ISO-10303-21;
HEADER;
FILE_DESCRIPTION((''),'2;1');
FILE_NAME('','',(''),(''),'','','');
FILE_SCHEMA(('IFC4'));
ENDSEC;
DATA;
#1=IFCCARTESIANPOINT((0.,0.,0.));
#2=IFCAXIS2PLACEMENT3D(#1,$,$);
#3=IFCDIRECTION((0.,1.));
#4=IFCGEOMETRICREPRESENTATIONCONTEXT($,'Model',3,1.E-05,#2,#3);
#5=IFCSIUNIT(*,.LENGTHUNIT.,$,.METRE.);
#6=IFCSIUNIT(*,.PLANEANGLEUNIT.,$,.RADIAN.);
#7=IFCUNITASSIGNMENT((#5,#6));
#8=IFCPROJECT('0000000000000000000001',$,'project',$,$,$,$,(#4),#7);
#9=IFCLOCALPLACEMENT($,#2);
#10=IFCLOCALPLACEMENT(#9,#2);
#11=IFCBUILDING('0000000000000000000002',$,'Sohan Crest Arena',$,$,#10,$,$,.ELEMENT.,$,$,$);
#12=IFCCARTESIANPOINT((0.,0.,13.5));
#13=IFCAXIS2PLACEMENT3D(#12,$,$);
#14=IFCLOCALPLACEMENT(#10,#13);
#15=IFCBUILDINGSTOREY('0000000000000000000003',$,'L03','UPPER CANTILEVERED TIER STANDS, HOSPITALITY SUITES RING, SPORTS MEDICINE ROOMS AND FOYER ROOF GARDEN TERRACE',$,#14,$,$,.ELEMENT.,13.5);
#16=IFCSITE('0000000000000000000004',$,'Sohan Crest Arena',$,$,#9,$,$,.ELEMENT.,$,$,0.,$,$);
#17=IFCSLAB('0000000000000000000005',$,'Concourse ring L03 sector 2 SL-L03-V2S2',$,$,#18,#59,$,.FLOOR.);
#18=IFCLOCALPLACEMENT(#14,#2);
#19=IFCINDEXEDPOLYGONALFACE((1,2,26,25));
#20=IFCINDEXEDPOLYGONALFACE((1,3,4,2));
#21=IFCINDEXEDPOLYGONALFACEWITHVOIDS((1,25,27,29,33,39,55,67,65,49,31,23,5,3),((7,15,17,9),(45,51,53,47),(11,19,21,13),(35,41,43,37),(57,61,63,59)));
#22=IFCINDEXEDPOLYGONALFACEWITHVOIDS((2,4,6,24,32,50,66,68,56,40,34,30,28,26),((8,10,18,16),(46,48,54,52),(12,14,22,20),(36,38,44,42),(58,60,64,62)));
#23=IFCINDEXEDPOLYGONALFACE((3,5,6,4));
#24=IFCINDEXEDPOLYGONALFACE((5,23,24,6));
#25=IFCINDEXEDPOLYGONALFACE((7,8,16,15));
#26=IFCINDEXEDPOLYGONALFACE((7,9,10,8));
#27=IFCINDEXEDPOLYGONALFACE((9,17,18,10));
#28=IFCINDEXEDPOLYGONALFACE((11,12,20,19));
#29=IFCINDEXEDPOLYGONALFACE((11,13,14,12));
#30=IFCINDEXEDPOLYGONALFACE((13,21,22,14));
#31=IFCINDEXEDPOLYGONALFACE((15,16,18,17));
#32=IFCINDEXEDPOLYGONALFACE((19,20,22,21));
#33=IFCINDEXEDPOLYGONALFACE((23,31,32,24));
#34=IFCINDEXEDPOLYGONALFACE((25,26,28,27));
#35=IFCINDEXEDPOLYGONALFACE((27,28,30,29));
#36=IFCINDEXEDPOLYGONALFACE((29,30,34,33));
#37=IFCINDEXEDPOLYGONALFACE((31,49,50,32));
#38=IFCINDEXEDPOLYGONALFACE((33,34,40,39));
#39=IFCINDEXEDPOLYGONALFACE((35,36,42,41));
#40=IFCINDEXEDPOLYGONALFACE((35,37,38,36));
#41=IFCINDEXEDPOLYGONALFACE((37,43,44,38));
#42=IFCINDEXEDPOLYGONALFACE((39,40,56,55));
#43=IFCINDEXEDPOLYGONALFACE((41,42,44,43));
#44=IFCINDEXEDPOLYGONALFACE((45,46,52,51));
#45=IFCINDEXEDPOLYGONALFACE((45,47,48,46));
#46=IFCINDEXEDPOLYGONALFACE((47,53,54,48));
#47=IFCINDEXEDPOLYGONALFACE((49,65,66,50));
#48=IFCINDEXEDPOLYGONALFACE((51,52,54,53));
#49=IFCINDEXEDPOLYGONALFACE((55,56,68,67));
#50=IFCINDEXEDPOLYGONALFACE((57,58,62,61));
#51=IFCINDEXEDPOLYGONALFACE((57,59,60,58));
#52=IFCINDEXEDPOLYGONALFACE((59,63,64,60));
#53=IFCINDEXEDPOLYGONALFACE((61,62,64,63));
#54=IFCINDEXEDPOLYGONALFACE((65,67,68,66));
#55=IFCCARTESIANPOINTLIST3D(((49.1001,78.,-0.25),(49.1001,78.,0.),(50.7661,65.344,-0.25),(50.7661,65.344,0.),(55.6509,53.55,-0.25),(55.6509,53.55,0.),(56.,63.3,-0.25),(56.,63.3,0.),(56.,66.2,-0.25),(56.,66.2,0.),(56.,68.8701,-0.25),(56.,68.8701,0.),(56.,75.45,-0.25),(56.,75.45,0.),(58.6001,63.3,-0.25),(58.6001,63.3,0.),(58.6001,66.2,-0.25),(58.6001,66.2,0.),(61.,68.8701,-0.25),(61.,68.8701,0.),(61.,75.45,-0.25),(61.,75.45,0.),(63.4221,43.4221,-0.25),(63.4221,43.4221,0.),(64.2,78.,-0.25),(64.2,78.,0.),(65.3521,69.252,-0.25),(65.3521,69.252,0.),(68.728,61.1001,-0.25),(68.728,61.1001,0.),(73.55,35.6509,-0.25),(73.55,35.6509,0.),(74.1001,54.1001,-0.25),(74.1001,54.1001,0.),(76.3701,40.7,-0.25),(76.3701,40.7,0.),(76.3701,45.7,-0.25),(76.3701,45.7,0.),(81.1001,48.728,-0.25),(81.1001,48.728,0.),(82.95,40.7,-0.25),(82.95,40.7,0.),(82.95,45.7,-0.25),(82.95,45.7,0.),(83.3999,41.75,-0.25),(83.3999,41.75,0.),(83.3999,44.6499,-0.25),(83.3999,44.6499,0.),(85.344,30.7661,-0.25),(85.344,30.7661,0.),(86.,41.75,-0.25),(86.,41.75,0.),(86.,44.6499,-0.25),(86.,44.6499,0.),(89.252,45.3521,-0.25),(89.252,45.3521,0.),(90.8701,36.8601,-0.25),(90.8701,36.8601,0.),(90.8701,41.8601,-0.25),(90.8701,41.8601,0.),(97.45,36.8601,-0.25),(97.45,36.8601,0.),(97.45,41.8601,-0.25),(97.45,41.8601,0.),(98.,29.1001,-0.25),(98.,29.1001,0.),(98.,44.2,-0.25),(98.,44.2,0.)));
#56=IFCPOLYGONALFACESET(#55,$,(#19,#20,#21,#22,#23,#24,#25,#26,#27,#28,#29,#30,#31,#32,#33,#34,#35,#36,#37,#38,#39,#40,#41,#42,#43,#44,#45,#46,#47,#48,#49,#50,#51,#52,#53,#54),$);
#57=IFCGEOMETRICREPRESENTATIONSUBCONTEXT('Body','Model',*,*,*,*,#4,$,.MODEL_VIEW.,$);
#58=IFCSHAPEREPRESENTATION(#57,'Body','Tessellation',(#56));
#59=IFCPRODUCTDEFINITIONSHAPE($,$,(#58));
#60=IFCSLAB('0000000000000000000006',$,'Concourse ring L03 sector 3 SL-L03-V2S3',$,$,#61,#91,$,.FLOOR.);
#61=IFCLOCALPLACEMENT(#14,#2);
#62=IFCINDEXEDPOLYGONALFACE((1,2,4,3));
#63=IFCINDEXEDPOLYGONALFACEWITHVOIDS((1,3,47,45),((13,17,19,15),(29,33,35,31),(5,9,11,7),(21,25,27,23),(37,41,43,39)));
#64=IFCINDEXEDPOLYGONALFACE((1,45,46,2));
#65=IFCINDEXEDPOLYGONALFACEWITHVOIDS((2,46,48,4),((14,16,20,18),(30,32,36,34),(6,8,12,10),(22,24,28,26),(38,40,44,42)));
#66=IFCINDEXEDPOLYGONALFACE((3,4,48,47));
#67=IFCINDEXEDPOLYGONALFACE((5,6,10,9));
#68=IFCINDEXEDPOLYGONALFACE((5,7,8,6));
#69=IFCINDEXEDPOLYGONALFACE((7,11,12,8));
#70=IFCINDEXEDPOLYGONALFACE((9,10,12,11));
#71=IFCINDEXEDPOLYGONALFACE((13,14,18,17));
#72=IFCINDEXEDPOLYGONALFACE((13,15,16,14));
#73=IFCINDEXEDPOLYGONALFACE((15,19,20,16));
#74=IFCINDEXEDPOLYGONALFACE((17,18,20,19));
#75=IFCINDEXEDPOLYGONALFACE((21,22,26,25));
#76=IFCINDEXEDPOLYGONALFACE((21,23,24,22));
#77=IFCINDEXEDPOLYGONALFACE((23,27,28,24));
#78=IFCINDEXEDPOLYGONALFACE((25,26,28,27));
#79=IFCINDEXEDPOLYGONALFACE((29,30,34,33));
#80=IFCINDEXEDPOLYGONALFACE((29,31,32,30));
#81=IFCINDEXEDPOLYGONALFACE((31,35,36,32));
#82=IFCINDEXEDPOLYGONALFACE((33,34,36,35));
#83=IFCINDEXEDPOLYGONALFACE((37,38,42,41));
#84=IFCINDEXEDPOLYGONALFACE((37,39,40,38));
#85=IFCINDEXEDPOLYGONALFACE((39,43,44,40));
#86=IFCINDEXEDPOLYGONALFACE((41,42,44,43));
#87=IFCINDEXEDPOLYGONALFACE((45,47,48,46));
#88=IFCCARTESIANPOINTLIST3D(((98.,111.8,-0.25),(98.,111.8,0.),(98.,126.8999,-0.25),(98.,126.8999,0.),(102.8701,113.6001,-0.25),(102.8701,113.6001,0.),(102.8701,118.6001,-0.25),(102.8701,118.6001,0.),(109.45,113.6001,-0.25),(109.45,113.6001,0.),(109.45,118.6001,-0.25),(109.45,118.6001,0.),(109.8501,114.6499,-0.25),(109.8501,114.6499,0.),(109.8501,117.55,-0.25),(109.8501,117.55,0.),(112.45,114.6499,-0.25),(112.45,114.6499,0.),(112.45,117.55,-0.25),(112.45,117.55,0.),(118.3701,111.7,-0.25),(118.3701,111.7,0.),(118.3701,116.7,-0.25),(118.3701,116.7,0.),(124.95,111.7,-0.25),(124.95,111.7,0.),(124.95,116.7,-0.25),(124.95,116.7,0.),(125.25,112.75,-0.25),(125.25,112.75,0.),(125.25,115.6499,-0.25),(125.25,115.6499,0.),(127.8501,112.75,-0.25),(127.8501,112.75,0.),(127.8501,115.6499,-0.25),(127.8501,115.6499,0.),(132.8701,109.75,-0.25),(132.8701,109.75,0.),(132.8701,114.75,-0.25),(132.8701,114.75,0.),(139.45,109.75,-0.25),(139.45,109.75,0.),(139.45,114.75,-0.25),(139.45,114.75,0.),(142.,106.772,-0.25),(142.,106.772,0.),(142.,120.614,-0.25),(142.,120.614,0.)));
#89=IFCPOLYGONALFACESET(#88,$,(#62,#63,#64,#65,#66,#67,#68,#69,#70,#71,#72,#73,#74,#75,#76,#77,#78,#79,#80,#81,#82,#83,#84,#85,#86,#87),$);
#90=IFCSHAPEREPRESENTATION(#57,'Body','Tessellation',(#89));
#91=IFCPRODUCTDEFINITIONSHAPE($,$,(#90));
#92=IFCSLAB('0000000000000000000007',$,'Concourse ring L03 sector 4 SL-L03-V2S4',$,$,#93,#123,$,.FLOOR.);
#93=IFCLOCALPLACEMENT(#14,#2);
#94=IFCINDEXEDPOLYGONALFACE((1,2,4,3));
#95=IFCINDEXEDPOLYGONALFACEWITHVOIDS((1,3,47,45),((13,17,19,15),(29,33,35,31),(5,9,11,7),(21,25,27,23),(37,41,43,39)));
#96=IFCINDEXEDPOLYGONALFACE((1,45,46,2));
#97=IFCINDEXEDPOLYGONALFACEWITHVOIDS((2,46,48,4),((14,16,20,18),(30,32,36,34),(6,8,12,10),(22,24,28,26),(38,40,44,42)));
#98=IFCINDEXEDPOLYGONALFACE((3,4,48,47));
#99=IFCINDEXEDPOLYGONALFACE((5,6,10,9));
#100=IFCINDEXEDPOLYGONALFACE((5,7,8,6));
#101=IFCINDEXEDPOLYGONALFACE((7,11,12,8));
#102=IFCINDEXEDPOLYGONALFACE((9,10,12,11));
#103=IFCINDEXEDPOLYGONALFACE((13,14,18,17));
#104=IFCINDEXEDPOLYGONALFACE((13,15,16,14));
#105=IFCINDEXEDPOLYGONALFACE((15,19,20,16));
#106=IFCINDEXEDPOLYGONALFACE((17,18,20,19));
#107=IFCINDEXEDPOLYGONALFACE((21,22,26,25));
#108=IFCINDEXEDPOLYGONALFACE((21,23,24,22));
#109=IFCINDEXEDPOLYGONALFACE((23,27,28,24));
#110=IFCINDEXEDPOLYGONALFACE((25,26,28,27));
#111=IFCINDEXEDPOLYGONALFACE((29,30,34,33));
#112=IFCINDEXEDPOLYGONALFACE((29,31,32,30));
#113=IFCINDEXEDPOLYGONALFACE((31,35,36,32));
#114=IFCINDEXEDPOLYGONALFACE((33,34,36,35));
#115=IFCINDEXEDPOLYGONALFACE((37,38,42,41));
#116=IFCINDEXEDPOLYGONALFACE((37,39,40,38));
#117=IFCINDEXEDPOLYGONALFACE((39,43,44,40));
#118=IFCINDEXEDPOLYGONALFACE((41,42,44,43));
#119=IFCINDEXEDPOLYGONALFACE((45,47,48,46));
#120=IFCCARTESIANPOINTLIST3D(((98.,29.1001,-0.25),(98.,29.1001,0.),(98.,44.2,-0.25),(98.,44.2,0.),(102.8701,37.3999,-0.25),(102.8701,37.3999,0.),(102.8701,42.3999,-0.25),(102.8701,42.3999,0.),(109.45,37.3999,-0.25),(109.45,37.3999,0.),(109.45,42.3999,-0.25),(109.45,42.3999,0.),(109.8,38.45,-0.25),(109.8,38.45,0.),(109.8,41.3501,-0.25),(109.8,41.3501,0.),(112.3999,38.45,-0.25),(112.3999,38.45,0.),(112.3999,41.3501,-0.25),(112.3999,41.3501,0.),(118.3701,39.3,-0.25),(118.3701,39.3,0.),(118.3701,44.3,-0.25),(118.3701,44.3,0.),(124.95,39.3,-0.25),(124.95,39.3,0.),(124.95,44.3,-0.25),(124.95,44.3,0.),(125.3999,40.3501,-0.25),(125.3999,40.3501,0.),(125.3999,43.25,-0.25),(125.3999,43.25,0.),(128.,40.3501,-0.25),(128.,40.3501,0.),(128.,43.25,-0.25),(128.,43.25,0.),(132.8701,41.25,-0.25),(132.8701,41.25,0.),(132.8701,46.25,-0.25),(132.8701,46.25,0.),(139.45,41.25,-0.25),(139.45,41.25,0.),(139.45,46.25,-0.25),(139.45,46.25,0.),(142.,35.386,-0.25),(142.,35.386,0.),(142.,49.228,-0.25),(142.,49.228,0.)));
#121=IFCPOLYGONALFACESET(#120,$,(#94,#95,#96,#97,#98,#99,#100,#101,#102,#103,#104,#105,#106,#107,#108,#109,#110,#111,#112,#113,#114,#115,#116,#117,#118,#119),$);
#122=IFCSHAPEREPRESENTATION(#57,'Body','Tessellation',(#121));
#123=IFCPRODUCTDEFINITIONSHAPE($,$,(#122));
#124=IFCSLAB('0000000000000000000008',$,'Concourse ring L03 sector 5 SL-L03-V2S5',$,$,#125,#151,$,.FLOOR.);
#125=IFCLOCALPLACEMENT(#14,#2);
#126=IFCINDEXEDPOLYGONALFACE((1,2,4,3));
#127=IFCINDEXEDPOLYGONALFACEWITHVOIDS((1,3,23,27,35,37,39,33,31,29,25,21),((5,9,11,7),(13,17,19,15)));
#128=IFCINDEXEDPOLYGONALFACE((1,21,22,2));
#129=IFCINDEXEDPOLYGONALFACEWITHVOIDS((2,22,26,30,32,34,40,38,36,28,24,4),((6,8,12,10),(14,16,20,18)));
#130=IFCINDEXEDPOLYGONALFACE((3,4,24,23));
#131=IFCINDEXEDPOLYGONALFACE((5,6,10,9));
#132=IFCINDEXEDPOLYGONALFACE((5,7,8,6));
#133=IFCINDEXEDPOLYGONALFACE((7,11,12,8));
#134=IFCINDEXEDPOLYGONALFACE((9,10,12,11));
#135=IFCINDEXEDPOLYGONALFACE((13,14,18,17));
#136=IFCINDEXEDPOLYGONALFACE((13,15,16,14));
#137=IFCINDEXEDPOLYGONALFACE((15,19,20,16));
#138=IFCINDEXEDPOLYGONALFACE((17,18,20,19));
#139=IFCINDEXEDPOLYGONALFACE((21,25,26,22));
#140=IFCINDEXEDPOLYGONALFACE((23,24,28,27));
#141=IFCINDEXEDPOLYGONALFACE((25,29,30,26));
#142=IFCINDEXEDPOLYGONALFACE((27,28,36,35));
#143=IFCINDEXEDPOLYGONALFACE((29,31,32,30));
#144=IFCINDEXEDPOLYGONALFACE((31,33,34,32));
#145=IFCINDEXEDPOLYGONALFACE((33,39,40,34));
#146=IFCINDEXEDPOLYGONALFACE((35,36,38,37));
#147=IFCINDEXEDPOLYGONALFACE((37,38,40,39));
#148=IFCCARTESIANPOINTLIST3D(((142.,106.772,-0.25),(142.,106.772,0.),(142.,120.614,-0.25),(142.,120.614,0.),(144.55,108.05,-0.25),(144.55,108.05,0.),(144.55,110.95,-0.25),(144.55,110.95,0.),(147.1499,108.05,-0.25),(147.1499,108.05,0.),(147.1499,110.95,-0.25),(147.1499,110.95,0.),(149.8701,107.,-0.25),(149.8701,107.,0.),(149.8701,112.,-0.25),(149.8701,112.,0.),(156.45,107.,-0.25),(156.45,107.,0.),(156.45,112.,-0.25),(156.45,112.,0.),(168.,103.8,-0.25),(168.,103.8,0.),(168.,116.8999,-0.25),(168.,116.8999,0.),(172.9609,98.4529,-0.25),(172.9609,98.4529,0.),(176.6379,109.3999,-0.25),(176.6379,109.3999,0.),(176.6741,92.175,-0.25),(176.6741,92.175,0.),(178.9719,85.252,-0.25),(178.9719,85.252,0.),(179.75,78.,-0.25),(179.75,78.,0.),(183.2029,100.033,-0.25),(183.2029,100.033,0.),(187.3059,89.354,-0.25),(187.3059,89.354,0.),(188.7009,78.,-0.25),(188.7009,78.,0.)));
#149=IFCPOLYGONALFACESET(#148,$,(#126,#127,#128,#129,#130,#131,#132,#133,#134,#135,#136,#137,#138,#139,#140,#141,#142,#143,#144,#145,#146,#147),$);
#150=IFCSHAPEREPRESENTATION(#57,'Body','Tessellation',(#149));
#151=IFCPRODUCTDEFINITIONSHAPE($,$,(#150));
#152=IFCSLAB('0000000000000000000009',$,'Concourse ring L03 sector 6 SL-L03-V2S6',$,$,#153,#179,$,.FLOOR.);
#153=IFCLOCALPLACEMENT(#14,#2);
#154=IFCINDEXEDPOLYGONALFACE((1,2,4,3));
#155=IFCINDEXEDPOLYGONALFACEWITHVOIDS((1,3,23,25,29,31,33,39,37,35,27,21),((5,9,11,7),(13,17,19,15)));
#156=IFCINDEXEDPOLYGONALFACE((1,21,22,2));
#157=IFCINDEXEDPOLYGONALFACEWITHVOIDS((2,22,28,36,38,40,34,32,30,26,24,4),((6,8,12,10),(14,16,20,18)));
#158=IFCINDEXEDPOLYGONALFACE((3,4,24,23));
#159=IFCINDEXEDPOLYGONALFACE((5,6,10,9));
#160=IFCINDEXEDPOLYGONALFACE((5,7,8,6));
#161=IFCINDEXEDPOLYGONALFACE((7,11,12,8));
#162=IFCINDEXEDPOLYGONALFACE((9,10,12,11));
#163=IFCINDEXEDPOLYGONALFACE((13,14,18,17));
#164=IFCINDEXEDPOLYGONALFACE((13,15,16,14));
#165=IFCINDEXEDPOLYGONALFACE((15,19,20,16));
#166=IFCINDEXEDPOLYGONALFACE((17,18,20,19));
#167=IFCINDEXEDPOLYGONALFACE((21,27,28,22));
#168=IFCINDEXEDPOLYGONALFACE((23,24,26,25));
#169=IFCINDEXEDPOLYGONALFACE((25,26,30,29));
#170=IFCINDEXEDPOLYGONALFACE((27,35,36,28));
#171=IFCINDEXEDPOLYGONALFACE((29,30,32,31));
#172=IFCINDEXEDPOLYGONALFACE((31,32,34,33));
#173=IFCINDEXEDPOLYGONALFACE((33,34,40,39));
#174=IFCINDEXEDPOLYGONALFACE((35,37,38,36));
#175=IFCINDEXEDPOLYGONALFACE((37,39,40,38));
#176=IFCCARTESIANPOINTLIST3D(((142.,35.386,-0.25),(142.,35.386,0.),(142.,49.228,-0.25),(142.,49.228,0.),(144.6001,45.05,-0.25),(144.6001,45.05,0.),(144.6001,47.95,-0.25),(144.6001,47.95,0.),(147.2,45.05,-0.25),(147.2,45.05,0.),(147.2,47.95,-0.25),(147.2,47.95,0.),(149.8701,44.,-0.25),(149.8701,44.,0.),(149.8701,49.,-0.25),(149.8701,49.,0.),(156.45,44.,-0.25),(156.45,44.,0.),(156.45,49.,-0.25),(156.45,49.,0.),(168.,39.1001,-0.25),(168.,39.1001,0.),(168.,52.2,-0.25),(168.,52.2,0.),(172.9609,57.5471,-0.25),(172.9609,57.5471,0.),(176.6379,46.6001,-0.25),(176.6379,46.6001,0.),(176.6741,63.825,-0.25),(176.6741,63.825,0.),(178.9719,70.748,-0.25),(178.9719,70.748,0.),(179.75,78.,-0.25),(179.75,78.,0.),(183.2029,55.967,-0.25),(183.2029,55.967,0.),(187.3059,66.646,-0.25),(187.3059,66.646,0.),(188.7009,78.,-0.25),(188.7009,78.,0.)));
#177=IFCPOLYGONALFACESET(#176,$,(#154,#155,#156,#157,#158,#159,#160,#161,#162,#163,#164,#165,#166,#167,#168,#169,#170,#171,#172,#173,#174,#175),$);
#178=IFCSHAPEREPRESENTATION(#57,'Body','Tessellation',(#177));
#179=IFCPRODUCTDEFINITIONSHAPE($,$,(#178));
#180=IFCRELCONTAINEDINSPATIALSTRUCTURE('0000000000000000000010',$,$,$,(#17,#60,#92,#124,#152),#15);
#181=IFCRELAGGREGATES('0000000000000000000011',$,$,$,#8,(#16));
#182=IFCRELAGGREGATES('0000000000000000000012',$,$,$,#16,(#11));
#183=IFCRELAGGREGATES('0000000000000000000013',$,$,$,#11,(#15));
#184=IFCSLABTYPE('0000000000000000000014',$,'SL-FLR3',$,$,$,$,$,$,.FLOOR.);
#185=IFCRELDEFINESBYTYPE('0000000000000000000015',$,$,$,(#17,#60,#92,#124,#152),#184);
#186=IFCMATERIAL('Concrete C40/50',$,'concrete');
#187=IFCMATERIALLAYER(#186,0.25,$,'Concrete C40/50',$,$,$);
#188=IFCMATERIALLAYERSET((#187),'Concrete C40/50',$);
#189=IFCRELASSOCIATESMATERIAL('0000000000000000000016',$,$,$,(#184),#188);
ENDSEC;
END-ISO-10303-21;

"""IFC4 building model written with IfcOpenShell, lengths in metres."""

from ifc_helpers import new_model, si_unit, direction, frame, origin, place, context, subcontext, project, spatial, polyline, outline, extrude, material, layer, layer_set, type_object, element, save


model = new_model("IFC4")

# Units and contexts
model_context = context("Model", 3, precision=1e-05, world=origin(), true_north=direction((0.0, 1.0)))
body_context = subcontext(model_context, "Body", "Model", "MODEL_VIEW")
ifc_project = project(units=[si_unit("LENGTHUNIT", "METRE"), si_unit("PLANEANGLEUNIT", "RADIAN")], contexts=[model_context])

# Site, building, storey
site_placement = place(None, origin())
site = spatial("IfcSite", under=ifc_project, at=site_placement, Name="Sohan Crest Arena", CompositionType="ELEMENT", RefElevation=0.0)
building_placement = place(site_placement, origin())
building = spatial("IfcBuilding", under=site, at=building_placement, Name="Sohan Crest Arena", CompositionType="ELEMENT")
storey_placement = place(building_placement, frame((0.0, 0.0, 13.5)))
storey = spatial("IfcBuildingStorey", under=building, at=storey_placement, Name="L03", Description="UPPER CANTILEVERED TIER STANDS, HOSPITALITY SUITES RING, SPORTS MEDICINE ROOMS AND FOYER ROOF GARDEN TERRACE", CompositionType="ELEMENT", Elevation=13.5)

# Slabs
ifc_material_1 = material(Name="Concrete C40/50", Category="concrete")
ifc_layer_1 = layer(ifc_material_1, 0.25, Name="Concrete C40/50")
ifc_layer_set_1 = layer_set([ifc_layer_1], Name="Concrete C40/50")
slab_type_1 = type_object("IfcSlabType", Name="SL-FLR3", PredefinedType="FLOOR", material=ifc_layer_set_1)
slab_1_placement = place(storey_placement, frame((0.0, 0.0, -0.25)))
element("IfcSlab", 1, at=slab_1_placement, inside=storey, type_object=slab_type_1, Name="Concourse ring L03 sector 2 SL-L03-V2S2", PredefinedType="FLOOR", context=body_context, shape_type="SweptSolid", body=[
    extrude(outline(polyline([(63.4221, 43.4221), (55.6509, 53.55), (50.7661, 65.344), (49.1001, 78.0), (64.2, 78.0), (65.3521, 69.252), (68.728, 61.1001), (74.1001, 54.1001), (81.1001, 48.728), (89.252, 45.3521), (98.0, 44.2), (98.0, 29.1001), (85.344, 30.7661), (73.55, 35.6509), (63.4221, 43.4221)]), holes=[polyline([(61.0, 75.45), (56.0, 75.45), (56.0, 68.8701), (61.0, 68.8701), (61.0, 75.45)]), polyline([(58.6001, 63.3), (58.6001, 66.2), (56.0, 66.2), (56.0, 63.3), (58.6001, 63.3)]), polyline([(82.95, 45.7), (76.3701, 45.7), (76.3701, 40.7), (82.95, 40.7), (82.95, 45.7)]), polyline([(86.0, 41.75), (86.0, 44.6499), (83.3999, 44.6499), (83.3999, 41.75), (86.0, 41.75)]), polyline([(97.45, 41.8601), (90.8701, 41.8601), (90.8701, 36.8601), (97.45, 36.8601), (97.45, 41.8601)])]), origin(), (0.0, 0.0, 1.0), 0.25),
])
slab_2_placement = place(storey_placement, frame((0.0, 0.0, -0.25)))
element("IfcSlab", 2, at=slab_2_placement, inside=storey, type_object=slab_type_1, Name="Concourse ring L03 sector 3 SL-L03-V2S3", PredefinedType="FLOOR", context=body_context, shape_type="SweptSolid", body=[
    extrude(outline(polyline([(98.0, 126.8999), (142.0, 120.614), (142.0, 106.772), (98.0, 111.8), (98.0, 126.8999)]), holes=[polyline([(102.8701, 113.6001), (109.45, 113.6001), (109.45, 118.6001), (102.8701, 118.6001), (102.8701, 113.6001)]), polyline([(109.8501, 117.55), (109.8501, 114.6499), (112.45, 114.6499), (112.45, 117.55), (109.8501, 117.55)]), polyline([(118.3701, 111.7), (124.95, 111.7), (124.95, 116.7), (118.3701, 116.7), (118.3701, 111.7)]), polyline([(125.25, 115.6499), (125.25, 112.75), (127.8501, 112.75), (127.8501, 115.6499), (125.25, 115.6499)]), polyline([(132.8701, 114.75), (132.8701, 109.75), (139.45, 109.75), (139.45, 114.75), (132.8701, 114.75)])]), origin(), (0.0, 0.0, 1.0), 0.25),
])
slab_3_placement = place(storey_placement, frame((0.0, 0.0, -0.25)))
element("IfcSlab", 3, at=slab_3_placement, inside=storey, type_object=slab_type_1, Name="Concourse ring L03 sector 4 SL-L03-V2S4", PredefinedType="FLOOR", context=body_context, shape_type="SweptSolid", body=[
    extrude(outline(polyline([(142.0, 35.386), (98.0, 29.1001), (98.0, 44.2), (142.0, 49.228), (142.0, 35.386)]), holes=[polyline([(109.45, 42.3999), (102.8701, 42.3999), (102.8701, 37.3999), (109.45, 37.3999), (109.45, 42.3999)]), polyline([(112.3999, 38.45), (112.3999, 41.3501), (109.8, 41.3501), (109.8, 38.45), (112.3999, 38.45)]), polyline([(124.95, 44.3), (118.3701, 44.3), (118.3701, 39.3), (124.95, 39.3), (124.95, 44.3)]), polyline([(128.0, 40.3501), (128.0, 43.25), (125.3999, 43.25), (125.3999, 40.3501), (128.0, 40.3501)]), polyline([(132.8701, 41.25), (139.45, 41.25), (139.45, 46.25), (132.8701, 46.25), (132.8701, 41.25)])]), origin(), (0.0, 0.0, 1.0), 0.25),
])
slab_4_placement = place(storey_placement, frame((0.0, 0.0, -0.25)))
element("IfcSlab", 4, at=slab_4_placement, inside=storey, type_object=slab_type_1, Name="Concourse ring L03 sector 5 SL-L03-V2S5", PredefinedType="FLOOR", context=body_context, shape_type="SweptSolid", body=[
    extrude(outline(polyline([(142.0, 120.614), (168.0, 116.8999), (176.6379, 109.3999), (183.2029, 100.033), (187.3059, 89.354), (188.7009, 78.0), (179.75, 78.0), (178.9719, 85.252), (176.6741, 92.175), (172.9609, 98.4529), (168.0, 103.8), (142.0, 106.772), (142.0, 120.614)]), holes=[polyline([(149.8701, 107.0), (156.45, 107.0), (156.45, 112.0), (149.8701, 112.0), (149.8701, 107.0)]), polyline([(144.55, 110.95), (144.55, 108.05), (147.1499, 108.05), (147.1499, 110.95), (144.55, 110.95)])]), origin(), (0.0, 0.0, 1.0), 0.25),
])
slab_5_placement = place(storey_placement, frame((0.0, 0.0, -0.25)))
element("IfcSlab", 5, at=slab_5_placement, inside=storey, type_object=slab_type_1, Name="Concourse ring L03 sector 6 SL-L03-V2S6", PredefinedType="FLOOR", context=body_context, shape_type="SweptSolid", body=[
    extrude(outline(polyline([(187.3059, 66.646), (183.2029, 55.967), (176.6379, 46.6001), (168.0, 39.1001), (142.0, 35.386), (142.0, 49.228), (168.0, 52.2), (172.9609, 57.5471), (176.6741, 63.825), (178.9719, 70.748), (179.75, 78.0), (188.7009, 78.0), (187.3059, 66.646)]), holes=[polyline([(156.45, 49.0), (149.8701, 49.0), (149.8701, 44.0), (156.45, 44.0), (156.45, 49.0)]), polyline([(147.2, 45.05), (147.2, 47.95), (144.6001, 47.95), (144.6001, 45.05), (147.2, 45.05)])]), origin(), (0.0, 0.0, 1.0), 0.25),
])

save(model, "model.ifc")
